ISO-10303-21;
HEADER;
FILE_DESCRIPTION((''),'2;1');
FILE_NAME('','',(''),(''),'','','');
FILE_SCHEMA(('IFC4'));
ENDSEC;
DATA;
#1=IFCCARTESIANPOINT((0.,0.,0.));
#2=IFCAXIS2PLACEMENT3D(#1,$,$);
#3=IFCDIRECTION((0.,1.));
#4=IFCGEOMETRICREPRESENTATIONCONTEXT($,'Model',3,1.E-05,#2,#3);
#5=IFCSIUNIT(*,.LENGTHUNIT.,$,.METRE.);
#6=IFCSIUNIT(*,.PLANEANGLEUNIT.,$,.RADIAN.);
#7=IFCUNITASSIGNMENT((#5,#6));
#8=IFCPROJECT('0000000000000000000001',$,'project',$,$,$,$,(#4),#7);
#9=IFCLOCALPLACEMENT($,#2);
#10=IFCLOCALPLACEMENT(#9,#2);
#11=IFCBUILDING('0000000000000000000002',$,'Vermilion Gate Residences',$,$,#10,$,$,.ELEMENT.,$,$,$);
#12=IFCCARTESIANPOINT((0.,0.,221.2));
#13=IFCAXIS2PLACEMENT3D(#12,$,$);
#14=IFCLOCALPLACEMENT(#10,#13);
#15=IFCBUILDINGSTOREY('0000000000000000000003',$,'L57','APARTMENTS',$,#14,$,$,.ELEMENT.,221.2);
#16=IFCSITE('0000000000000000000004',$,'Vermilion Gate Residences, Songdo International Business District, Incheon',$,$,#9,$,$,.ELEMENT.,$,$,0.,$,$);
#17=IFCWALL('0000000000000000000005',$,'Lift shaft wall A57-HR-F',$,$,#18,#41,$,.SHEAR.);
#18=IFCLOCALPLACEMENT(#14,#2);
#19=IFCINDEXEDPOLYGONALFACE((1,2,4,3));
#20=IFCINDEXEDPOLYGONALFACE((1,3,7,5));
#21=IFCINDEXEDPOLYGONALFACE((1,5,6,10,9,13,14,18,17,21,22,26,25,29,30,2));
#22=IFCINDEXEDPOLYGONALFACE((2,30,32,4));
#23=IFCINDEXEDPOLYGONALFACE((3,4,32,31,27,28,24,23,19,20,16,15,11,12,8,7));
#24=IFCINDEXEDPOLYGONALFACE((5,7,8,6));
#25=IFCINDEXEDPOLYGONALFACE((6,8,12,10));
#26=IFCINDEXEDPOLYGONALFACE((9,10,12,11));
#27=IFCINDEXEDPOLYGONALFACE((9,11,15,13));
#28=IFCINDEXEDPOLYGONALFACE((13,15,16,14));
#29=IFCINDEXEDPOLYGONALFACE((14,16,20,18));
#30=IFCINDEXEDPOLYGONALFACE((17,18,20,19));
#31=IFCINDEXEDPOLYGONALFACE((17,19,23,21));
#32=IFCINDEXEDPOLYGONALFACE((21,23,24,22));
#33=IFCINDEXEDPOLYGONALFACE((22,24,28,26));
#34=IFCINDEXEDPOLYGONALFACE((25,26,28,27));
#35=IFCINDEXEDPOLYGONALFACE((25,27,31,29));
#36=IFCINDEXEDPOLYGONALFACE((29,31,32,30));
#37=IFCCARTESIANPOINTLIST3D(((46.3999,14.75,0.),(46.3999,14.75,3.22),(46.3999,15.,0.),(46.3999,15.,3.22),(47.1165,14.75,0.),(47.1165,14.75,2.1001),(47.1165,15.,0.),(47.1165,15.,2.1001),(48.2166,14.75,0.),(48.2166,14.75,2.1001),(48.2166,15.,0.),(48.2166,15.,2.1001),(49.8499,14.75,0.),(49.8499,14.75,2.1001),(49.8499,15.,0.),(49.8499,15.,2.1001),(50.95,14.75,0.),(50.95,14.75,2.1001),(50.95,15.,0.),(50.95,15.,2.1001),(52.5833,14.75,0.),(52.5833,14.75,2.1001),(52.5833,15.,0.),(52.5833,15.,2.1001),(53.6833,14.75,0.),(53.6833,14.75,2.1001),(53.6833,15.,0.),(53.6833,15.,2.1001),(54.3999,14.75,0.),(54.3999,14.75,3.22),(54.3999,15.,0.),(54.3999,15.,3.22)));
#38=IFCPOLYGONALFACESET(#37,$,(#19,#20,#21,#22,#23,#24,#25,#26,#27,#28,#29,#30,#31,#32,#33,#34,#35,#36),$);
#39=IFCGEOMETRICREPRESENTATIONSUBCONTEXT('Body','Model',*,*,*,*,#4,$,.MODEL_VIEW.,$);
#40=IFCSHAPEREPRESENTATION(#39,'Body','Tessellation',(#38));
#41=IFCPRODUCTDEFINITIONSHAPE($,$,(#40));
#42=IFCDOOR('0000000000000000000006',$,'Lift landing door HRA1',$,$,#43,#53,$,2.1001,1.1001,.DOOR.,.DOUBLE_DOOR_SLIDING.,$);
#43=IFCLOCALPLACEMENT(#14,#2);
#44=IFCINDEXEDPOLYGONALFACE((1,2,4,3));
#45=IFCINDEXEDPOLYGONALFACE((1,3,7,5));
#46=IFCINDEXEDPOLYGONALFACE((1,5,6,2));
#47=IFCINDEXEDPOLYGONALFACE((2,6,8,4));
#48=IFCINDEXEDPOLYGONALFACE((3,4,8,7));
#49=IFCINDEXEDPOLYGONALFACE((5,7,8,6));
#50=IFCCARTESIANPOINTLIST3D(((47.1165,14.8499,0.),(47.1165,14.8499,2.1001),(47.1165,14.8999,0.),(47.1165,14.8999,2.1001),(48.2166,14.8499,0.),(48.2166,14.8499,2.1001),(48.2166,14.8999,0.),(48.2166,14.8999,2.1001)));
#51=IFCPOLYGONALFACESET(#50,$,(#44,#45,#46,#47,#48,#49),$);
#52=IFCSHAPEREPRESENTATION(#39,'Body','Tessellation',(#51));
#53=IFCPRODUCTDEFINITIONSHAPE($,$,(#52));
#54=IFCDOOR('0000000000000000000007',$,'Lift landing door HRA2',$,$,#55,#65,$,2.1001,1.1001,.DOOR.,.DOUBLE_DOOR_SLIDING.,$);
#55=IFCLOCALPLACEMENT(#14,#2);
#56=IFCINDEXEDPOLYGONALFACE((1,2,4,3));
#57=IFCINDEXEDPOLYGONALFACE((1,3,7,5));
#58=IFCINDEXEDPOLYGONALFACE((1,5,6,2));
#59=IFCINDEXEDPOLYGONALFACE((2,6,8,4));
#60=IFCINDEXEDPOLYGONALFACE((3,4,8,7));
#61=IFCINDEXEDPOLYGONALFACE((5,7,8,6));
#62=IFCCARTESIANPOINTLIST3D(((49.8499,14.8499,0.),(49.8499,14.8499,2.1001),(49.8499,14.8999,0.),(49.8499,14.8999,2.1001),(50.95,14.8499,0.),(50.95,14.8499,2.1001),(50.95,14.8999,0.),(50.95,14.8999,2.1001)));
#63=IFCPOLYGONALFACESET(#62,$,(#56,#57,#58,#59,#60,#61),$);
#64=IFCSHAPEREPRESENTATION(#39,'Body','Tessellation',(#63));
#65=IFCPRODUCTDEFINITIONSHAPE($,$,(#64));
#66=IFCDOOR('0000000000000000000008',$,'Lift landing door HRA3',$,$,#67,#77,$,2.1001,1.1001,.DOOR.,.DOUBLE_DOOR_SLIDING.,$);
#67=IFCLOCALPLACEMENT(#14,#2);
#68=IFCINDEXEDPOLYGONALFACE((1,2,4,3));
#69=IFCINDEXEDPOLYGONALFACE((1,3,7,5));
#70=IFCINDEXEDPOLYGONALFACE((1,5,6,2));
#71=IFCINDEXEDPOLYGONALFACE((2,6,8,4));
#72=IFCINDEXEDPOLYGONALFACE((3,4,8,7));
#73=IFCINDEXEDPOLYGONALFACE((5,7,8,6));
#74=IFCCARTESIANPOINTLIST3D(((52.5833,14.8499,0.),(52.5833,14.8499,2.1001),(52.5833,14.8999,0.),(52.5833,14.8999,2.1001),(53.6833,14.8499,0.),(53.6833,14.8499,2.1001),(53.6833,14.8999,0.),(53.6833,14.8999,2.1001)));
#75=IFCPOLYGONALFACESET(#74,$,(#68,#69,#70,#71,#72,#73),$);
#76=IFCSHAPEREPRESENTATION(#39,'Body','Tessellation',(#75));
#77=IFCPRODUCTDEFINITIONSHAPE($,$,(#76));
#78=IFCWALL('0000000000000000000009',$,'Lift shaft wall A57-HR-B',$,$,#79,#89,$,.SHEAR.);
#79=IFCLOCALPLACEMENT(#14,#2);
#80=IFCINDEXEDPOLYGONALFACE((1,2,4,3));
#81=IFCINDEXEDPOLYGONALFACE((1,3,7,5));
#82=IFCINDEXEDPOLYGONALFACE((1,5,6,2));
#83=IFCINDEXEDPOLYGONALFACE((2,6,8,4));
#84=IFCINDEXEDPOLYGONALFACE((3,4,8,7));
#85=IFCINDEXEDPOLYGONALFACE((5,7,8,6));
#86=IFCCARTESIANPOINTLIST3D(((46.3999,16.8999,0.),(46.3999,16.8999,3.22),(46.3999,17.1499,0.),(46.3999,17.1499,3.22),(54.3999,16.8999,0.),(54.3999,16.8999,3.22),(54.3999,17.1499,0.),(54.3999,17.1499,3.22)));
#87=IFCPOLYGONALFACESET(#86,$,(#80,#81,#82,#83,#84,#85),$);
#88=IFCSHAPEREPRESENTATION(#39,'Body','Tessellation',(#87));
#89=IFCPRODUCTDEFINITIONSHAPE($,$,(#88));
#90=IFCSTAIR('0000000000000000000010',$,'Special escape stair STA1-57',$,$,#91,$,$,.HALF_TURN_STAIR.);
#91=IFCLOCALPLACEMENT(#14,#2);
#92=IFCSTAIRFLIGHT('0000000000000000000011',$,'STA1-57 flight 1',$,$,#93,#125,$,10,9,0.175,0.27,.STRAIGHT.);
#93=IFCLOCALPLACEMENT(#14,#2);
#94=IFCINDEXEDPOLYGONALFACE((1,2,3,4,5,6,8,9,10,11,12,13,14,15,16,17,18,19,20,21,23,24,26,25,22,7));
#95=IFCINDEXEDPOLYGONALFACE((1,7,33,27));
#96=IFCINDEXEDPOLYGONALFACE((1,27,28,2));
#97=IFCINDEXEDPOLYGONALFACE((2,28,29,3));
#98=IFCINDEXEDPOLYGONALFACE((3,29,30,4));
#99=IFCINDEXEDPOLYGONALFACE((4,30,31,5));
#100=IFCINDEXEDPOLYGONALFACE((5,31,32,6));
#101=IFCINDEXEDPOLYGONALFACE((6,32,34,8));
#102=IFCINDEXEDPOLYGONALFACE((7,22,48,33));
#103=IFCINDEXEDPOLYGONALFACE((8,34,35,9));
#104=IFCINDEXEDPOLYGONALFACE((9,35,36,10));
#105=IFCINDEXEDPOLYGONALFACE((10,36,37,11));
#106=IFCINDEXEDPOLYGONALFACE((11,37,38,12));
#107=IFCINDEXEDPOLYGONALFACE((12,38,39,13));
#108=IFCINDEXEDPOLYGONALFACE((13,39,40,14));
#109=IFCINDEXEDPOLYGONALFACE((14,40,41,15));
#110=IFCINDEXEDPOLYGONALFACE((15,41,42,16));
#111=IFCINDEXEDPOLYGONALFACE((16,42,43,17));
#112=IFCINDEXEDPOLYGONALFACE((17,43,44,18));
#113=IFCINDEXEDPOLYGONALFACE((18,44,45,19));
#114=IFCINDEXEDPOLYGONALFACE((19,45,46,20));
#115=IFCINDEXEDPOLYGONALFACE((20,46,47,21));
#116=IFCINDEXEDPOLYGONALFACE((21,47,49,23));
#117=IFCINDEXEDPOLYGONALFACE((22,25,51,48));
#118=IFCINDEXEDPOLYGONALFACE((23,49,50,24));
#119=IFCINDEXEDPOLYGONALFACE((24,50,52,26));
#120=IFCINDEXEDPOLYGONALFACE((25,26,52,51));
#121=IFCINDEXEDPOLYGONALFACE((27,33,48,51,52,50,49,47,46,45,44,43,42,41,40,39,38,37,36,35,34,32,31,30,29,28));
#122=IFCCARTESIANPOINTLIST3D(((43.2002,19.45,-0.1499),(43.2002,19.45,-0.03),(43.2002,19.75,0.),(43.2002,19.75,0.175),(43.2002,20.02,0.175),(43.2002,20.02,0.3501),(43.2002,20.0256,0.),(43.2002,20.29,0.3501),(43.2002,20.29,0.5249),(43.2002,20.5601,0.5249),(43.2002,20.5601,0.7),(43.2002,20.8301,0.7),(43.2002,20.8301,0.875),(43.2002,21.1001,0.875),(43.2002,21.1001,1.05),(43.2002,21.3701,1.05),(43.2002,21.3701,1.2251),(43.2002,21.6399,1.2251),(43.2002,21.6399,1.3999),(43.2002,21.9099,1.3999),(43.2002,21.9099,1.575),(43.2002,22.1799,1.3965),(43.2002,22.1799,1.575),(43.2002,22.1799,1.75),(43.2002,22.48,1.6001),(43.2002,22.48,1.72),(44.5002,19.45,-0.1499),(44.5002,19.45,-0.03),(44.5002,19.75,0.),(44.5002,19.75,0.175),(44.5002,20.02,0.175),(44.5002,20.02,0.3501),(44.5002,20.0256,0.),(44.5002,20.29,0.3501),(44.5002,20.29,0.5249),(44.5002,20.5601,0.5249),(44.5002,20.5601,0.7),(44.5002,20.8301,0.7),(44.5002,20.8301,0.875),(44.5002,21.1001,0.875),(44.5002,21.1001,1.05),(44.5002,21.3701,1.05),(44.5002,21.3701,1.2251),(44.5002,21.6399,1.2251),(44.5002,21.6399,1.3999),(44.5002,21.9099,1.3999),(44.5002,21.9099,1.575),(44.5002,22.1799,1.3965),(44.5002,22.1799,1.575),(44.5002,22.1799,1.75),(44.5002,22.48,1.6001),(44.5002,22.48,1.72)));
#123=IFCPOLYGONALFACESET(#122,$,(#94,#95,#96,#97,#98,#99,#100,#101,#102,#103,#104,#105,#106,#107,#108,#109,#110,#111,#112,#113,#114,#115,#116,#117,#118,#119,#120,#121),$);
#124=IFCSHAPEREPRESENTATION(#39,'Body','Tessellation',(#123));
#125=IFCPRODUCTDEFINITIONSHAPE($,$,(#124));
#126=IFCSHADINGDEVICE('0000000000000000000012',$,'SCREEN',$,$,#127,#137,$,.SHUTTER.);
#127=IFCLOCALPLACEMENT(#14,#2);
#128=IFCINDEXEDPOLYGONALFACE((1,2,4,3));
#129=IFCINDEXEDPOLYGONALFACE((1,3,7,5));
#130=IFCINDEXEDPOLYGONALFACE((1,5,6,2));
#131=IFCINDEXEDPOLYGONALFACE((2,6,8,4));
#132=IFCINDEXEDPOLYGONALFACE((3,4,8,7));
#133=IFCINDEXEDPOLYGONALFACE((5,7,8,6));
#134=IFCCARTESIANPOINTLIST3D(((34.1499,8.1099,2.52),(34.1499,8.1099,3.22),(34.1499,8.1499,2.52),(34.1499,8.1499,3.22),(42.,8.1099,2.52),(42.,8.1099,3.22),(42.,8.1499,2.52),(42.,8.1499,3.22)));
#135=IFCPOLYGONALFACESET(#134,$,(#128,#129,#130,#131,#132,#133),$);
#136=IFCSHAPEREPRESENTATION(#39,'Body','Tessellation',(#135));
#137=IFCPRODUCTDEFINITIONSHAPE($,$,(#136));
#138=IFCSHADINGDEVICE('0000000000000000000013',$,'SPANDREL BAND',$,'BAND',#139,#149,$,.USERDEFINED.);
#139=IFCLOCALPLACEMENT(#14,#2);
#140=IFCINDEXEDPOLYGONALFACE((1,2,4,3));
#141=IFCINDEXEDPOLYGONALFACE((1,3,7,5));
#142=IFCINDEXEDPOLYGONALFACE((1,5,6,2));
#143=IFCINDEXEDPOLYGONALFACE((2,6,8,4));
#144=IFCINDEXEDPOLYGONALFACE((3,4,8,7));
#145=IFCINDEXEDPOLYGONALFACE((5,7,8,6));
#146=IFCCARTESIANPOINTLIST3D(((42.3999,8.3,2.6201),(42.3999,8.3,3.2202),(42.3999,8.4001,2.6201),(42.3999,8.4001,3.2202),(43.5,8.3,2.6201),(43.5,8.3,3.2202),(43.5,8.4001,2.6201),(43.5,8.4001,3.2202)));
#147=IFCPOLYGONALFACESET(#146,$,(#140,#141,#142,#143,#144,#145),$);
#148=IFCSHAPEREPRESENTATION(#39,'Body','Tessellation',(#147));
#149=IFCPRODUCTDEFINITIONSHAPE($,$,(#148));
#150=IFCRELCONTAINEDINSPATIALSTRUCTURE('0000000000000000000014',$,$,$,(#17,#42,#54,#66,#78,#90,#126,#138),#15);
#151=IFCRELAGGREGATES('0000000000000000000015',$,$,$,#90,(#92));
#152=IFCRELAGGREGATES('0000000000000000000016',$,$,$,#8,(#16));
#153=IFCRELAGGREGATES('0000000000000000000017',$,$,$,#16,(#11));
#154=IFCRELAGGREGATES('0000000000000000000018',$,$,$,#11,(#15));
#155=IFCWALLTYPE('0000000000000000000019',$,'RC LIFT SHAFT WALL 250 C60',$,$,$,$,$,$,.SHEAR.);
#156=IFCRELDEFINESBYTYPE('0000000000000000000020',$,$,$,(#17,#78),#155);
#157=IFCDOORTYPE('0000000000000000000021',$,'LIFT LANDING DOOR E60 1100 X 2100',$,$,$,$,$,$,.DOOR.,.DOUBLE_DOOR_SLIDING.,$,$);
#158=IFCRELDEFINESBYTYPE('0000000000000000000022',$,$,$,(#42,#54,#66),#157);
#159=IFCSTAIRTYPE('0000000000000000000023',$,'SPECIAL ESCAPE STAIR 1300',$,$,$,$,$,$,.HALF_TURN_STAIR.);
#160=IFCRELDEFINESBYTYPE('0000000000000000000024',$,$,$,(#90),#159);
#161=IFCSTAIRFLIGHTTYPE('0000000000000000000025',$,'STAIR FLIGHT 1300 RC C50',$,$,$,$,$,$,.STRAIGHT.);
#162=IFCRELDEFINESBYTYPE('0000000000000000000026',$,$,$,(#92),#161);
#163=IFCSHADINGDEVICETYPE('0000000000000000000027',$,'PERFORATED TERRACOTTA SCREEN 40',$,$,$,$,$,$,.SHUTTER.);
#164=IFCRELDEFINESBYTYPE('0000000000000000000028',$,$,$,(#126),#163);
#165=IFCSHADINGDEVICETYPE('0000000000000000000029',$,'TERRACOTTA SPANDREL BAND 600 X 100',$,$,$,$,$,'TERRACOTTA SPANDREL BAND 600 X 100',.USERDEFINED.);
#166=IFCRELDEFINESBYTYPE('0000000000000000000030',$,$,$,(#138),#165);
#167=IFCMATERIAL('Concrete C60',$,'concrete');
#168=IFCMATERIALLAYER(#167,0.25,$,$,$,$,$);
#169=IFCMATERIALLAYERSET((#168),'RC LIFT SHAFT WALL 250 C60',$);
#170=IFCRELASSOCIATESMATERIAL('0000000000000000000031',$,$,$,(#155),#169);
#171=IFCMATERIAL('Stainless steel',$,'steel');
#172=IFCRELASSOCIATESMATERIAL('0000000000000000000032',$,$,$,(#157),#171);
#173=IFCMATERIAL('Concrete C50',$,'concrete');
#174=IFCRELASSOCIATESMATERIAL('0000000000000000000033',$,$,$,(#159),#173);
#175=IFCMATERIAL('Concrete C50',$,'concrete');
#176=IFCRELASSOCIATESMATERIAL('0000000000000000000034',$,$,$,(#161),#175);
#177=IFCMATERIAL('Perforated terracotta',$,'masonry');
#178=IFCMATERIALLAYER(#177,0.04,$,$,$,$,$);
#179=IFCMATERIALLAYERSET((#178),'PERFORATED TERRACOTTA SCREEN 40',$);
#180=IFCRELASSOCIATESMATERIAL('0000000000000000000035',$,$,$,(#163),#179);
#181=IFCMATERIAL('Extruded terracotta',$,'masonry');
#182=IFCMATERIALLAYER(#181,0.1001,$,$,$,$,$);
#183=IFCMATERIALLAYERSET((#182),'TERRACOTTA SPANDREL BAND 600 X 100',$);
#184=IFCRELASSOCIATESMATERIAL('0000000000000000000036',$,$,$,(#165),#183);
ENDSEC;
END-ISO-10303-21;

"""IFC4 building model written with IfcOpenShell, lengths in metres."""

from ifc_helpers import new_model, si_unit, direction, frame, frame_2d, origin, origin_2d, place, context, subcontext, project, spatial, polyline, rectangle, outline, extrude, material, layer, layer_set, type_object, element, fill, aggregate, save


model = new_model("IFC4")

# Units and contexts
model_context = context("Model", 3, precision=1e-05, world=origin(), true_north=direction((0.0, 1.0)))
body_context = subcontext(model_context, "Body", "Model", "MODEL_VIEW")
ifc_project = project(units=[si_unit("LENGTHUNIT", "METRE"), si_unit("PLANEANGLEUNIT", "RADIAN")], contexts=[model_context])

# Site, building, storey
site_placement = place(None, origin())
site = spatial("IfcSite", under=ifc_project, at=site_placement, Name="Vermilion Gate Residences, Songdo International Business District, Incheon", CompositionType="ELEMENT", RefElevation=0.0)
building_placement = place(site_placement, origin())
building = spatial("IfcBuilding", under=site, at=building_placement, Name="Vermilion Gate Residences", CompositionType="ELEMENT")
storey_placement = place(building_placement, frame((0.0, 0.0, 221.2)))
storey = spatial("IfcBuildingStorey", under=building, at=storey_placement, Name="L57", Description="APARTMENTS", CompositionType="ELEMENT", Elevation=221.2)

# Wall, openings, doors
ifc_material_1 = material(Name="Concrete C60", Category="concrete")
ifc_layer_1 = layer(ifc_material_1, 0.25)
ifc_layer_set_1 = layer_set([ifc_layer_1], Name="RC LIFT SHAFT WALL 250 C60")
wall_type_1 = type_object("IfcWallType", Name="RC LIFT SHAFT WALL 250 C60", PredefinedType="SHEAR", material=ifc_layer_set_1)
wall_1_placement = place(storey_placement, frame((46.3999, 14.875, 0.0), z_axis=(0.0, 0.0, 1.0), x_axis=(1.0, 0.0, 0.0)))
wall_1 = element("IfcWall", 1, at=wall_1_placement, inside=storey, type_object=wall_type_1, Name="Lift shaft wall A57-HR-F", PredefinedType="SHEAR", context=body_context, shape_type="SweptSolid", body=[
    extrude(rectangle(XDim=8.0, YDim=0.25, at=frame_2d((4.0, 0.0))), origin(), (0.0, 0.0, 1.0), 3.22),
])
opening_1_placement = place(wall_1_placement, frame((0.7166, 0.0, 0.0)))
opening_1 = element("IfcOpeningElement", 2, at=opening_1_placement, cuts=wall_1, PredefinedType="OPENING", context=body_context, shape_type="SweptSolid", body=[
    extrude(rectangle(XDim=1.1001, YDim=2.1001, at=frame_2d((0.55, 1.05))), frame((0.0, 0.135, 0.0), z_axis=(0.0, -1.0, 0.0), x_axis=(1.0, 0.0, 0.0)), (0.0, 0.0, 1.0), 0.27),
])
opening_2_placement = place(wall_1_placement, frame((3.45, 0.0, 0.0)))
opening_2 = element("IfcOpeningElement", 3, at=opening_2_placement, cuts=wall_1, PredefinedType="OPENING", context=body_context, shape_type="SweptSolid", body=[
    extrude(rectangle(XDim=1.1001, YDim=2.1001, at=frame_2d((0.55, 1.05))), frame((0.0, 0.135, 0.0), z_axis=(0.0, -1.0, 0.0), x_axis=(1.0, 0.0, 0.0)), (0.0, 0.0, 1.0), 0.27),
])
opening_3_placement = place(wall_1_placement, frame((6.1833, 0.0, 0.0)))
opening_3 = element("IfcOpeningElement", 4, at=opening_3_placement, cuts=wall_1, PredefinedType="OPENING", context=body_context, shape_type="SweptSolid", body=[
    extrude(rectangle(XDim=1.1001, YDim=2.1001, at=frame_2d((0.55, 1.05))), frame((0.0, 0.135, 0.0), z_axis=(0.0, -1.0, 0.0), x_axis=(1.0, 0.0, 0.0)), (0.0, 0.0, 1.0), 0.27),
])
ifc_material_2 = material(Name="Stainless steel", Category="steel")
door_type_1 = type_object("IfcDoorType", Name="LIFT LANDING DOOR E60 1100 X 2100", OperationType="DOUBLE_DOOR_SLIDING", PredefinedType="DOOR", material=ifc_material_2)
door_1_placement = place(opening_1_placement, origin())
door_1 = element("IfcDoor", 5, at=door_1_placement, inside=storey, type_object=door_type_1, Name="Lift landing door HRA1", OperationType="DOUBLE_DOOR_SLIDING", OverallHeight=2.1001, OverallWidth=1.1001, PredefinedType="DOOR", context=body_context, shape_type="SweptSolid", body=[
    extrude(rectangle(XDim=1.1001, YDim=2.1001, at=frame_2d((0.55, 1.05))), frame((0.0, 0.0249, 0.0), z_axis=(0.0, -1.0, 0.0), x_axis=(1.0, 0.0, 0.0)), (0.0, 0.0, 1.0), 0.05),
])
fill(opening_1, door_1)
door_2_placement = place(opening_2_placement, origin())
door_2 = element("IfcDoor", 6, at=door_2_placement, inside=storey, type_object=door_type_1, Name="Lift landing door HRA2", OperationType="DOUBLE_DOOR_SLIDING", OverallHeight=2.1001, OverallWidth=1.1001, PredefinedType="DOOR", context=body_context, shape_type="SweptSolid", body=[
    extrude(rectangle(XDim=1.1001, YDim=2.1001, at=frame_2d((0.55, 1.05))), frame((0.0, 0.0249, 0.0), z_axis=(0.0, -1.0, 0.0), x_axis=(1.0, 0.0, 0.0)), (0.0, 0.0, 1.0), 0.05),
])
fill(opening_2, door_2)
door_3_placement = place(opening_3_placement, origin())
door_3 = element("IfcDoor", 7, at=door_3_placement, inside=storey, type_object=door_type_1, Name="Lift landing door HRA3", OperationType="DOUBLE_DOOR_SLIDING", OverallHeight=2.1001, OverallWidth=1.1001, PredefinedType="DOOR", context=body_context, shape_type="SweptSolid", body=[
    extrude(rectangle(XDim=1.1001, YDim=2.1001, at=frame_2d((0.55, 1.05))), frame((0.0, 0.0249, 0.0), z_axis=(0.0, -1.0, 0.0), x_axis=(1.0, 0.0, 0.0)), (0.0, 0.0, 1.0), 0.05),
])
fill(opening_3, door_3)

# Wall
wall_2_placement = place(storey_placement, frame((46.3999, 17.0249, 0.0), z_axis=(0.0, 0.0, 1.0), x_axis=(1.0, 0.0, 0.0)))
element("IfcWall", 8, at=wall_2_placement, inside=storey, type_object=wall_type_1, Name="Lift shaft wall A57-HR-B", PredefinedType="SHEAR", context=body_context, shape_type="SweptSolid", body=[
    extrude(rectangle(XDim=8.0, YDim=0.25, at=frame_2d((4.0, 0.0))), origin(), (0.0, 0.0, 1.0), 3.22),
])

# Stair, stair flight
ifc_material_3 = material(Name="Concrete C50", Category="concrete")
stair_type = type_object("IfcStairType", Name="SPECIAL ESCAPE STAIR 1300", PredefinedType="HALF_TURN_STAIR", material=ifc_material_3)
stair_placement = place(storey_placement, origin())
stair = element("IfcStair", 9, at=stair_placement, inside=storey, type_object=stair_type, Name="Special escape stair STA1-57", PredefinedType="HALF_TURN_STAIR")
ifc_material_4 = material(Name="Concrete C50", Category="concrete")
stair_flight_type = type_object("IfcStairFlightType", Name="STAIR FLIGHT 1300 RC C50", PredefinedType="STRAIGHT", material=ifc_material_4)
stair_flight_placement = place(storey_placement, frame((43.8501, 19.75, 0.0), z_axis=(0.0, 0.0, 1.0), x_axis=(0.0, 1.0, 0.0)))
stair_flight = element("IfcStairFlight", 10, at=stair_flight_placement, type_object=stair_flight_type, Name="STA1-57 flight 1", NumberOfRisers=10, NumberOfTreads=9, PredefinedType="STRAIGHT", RiserHeight=0.175, TreadLength=0.27, context=body_context, shape_type="SweptSolid", body=[
    extrude(outline(polyline([(-0.3, -0.1499), (-0.3, -0.03), (0.0, 0.0), (0.0, 0.175), (0.27, 0.175), (0.27, 0.3501), (0.54, 0.3501), (0.54, 0.5249), (0.8101, 0.5249), (0.8101, 0.7), (1.0801, 0.7), (1.0801, 0.875), (1.3501, 0.875), (1.3501, 1.05), (1.6201, 1.05), (1.6201, 1.2251), (1.8899, 1.2251), (1.8899, 1.3999), (2.1599, 1.3999), (2.1599, 1.575), (2.4299, 1.575), (2.4299, 1.75), (2.73, 1.72), (2.73, 1.6001), (2.4299, 1.3965), (0.2756, 0.0), (-0.3, -0.1499)])), frame((0.0, 0.6499, 0.0), z_axis=(0.0, -1.0, 0.0), x_axis=(1.0, 0.0, 0.0)), (0.0, 0.0, 1.0), 1.3),
])
aggregate(stair, [stair_flight])

# Shading device
ifc_material_5 = material(Name="Perforated terracotta", Category="masonry")
ifc_layer_2 = layer(ifc_material_5, 0.04)
ifc_layer_set_2 = layer_set([ifc_layer_2], Name="PERFORATED TERRACOTTA SCREEN 40")
shading_device_type_1 = type_object("IfcShadingDeviceType", Name="PERFORATED TERRACOTTA SCREEN 40", PredefinedType="SHUTTER", material=ifc_layer_set_2)
shading_device_1_placement = place(storey_placement, frame((38.075, 8.1299, 2.52), z_axis=(0.0, 0.0, 1.0), x_axis=(1.0, 0.0, 0.0)))
element("IfcShadingDevice", 11, at=shading_device_1_placement, inside=storey, type_object=shading_device_type_1, Name="SCREEN", PredefinedType="SHUTTER", context=body_context, shape_type="SweptSolid", body=[
    extrude(rectangle(XDim=7.8501, YDim=0.04, at=origin_2d()), origin(), (0.0, 0.0, 1.0), 0.7),
])

# Shading device
ifc_material_6 = material(Name="Extruded terracotta", Category="masonry")
ifc_layer_3 = layer(ifc_material_6, 0.1001)
ifc_layer_set_3 = layer_set([ifc_layer_3], Name="TERRACOTTA SPANDREL BAND 600 X 100")
shading_device_type_2 = type_object("IfcShadingDeviceType", Name="TERRACOTTA SPANDREL BAND 600 X 100", ElementType="TERRACOTTA SPANDREL BAND 600 X 100", PredefinedType="USERDEFINED", material=ifc_layer_set_3)
shading_device_2_placement = place(storey_placement, frame((42.95, 8.3501, 2.6201), z_axis=(0.0, 0.0, 1.0), x_axis=(1.0, 0.0, 0.0)))
element("IfcShadingDevice", 12, at=shading_device_2_placement, inside=storey, type_object=shading_device_type_2, Name="SPANDREL BAND", ObjectType="BAND", PredefinedType="USERDEFINED", context=body_context, shape_type="SweptSolid", body=[
    extrude(rectangle(XDim=1.1001, YDim=0.1001, at=origin_2d()), origin(), (0.0, 0.0, 1.0), 0.6001),
])

save(model, "model.ifc")
